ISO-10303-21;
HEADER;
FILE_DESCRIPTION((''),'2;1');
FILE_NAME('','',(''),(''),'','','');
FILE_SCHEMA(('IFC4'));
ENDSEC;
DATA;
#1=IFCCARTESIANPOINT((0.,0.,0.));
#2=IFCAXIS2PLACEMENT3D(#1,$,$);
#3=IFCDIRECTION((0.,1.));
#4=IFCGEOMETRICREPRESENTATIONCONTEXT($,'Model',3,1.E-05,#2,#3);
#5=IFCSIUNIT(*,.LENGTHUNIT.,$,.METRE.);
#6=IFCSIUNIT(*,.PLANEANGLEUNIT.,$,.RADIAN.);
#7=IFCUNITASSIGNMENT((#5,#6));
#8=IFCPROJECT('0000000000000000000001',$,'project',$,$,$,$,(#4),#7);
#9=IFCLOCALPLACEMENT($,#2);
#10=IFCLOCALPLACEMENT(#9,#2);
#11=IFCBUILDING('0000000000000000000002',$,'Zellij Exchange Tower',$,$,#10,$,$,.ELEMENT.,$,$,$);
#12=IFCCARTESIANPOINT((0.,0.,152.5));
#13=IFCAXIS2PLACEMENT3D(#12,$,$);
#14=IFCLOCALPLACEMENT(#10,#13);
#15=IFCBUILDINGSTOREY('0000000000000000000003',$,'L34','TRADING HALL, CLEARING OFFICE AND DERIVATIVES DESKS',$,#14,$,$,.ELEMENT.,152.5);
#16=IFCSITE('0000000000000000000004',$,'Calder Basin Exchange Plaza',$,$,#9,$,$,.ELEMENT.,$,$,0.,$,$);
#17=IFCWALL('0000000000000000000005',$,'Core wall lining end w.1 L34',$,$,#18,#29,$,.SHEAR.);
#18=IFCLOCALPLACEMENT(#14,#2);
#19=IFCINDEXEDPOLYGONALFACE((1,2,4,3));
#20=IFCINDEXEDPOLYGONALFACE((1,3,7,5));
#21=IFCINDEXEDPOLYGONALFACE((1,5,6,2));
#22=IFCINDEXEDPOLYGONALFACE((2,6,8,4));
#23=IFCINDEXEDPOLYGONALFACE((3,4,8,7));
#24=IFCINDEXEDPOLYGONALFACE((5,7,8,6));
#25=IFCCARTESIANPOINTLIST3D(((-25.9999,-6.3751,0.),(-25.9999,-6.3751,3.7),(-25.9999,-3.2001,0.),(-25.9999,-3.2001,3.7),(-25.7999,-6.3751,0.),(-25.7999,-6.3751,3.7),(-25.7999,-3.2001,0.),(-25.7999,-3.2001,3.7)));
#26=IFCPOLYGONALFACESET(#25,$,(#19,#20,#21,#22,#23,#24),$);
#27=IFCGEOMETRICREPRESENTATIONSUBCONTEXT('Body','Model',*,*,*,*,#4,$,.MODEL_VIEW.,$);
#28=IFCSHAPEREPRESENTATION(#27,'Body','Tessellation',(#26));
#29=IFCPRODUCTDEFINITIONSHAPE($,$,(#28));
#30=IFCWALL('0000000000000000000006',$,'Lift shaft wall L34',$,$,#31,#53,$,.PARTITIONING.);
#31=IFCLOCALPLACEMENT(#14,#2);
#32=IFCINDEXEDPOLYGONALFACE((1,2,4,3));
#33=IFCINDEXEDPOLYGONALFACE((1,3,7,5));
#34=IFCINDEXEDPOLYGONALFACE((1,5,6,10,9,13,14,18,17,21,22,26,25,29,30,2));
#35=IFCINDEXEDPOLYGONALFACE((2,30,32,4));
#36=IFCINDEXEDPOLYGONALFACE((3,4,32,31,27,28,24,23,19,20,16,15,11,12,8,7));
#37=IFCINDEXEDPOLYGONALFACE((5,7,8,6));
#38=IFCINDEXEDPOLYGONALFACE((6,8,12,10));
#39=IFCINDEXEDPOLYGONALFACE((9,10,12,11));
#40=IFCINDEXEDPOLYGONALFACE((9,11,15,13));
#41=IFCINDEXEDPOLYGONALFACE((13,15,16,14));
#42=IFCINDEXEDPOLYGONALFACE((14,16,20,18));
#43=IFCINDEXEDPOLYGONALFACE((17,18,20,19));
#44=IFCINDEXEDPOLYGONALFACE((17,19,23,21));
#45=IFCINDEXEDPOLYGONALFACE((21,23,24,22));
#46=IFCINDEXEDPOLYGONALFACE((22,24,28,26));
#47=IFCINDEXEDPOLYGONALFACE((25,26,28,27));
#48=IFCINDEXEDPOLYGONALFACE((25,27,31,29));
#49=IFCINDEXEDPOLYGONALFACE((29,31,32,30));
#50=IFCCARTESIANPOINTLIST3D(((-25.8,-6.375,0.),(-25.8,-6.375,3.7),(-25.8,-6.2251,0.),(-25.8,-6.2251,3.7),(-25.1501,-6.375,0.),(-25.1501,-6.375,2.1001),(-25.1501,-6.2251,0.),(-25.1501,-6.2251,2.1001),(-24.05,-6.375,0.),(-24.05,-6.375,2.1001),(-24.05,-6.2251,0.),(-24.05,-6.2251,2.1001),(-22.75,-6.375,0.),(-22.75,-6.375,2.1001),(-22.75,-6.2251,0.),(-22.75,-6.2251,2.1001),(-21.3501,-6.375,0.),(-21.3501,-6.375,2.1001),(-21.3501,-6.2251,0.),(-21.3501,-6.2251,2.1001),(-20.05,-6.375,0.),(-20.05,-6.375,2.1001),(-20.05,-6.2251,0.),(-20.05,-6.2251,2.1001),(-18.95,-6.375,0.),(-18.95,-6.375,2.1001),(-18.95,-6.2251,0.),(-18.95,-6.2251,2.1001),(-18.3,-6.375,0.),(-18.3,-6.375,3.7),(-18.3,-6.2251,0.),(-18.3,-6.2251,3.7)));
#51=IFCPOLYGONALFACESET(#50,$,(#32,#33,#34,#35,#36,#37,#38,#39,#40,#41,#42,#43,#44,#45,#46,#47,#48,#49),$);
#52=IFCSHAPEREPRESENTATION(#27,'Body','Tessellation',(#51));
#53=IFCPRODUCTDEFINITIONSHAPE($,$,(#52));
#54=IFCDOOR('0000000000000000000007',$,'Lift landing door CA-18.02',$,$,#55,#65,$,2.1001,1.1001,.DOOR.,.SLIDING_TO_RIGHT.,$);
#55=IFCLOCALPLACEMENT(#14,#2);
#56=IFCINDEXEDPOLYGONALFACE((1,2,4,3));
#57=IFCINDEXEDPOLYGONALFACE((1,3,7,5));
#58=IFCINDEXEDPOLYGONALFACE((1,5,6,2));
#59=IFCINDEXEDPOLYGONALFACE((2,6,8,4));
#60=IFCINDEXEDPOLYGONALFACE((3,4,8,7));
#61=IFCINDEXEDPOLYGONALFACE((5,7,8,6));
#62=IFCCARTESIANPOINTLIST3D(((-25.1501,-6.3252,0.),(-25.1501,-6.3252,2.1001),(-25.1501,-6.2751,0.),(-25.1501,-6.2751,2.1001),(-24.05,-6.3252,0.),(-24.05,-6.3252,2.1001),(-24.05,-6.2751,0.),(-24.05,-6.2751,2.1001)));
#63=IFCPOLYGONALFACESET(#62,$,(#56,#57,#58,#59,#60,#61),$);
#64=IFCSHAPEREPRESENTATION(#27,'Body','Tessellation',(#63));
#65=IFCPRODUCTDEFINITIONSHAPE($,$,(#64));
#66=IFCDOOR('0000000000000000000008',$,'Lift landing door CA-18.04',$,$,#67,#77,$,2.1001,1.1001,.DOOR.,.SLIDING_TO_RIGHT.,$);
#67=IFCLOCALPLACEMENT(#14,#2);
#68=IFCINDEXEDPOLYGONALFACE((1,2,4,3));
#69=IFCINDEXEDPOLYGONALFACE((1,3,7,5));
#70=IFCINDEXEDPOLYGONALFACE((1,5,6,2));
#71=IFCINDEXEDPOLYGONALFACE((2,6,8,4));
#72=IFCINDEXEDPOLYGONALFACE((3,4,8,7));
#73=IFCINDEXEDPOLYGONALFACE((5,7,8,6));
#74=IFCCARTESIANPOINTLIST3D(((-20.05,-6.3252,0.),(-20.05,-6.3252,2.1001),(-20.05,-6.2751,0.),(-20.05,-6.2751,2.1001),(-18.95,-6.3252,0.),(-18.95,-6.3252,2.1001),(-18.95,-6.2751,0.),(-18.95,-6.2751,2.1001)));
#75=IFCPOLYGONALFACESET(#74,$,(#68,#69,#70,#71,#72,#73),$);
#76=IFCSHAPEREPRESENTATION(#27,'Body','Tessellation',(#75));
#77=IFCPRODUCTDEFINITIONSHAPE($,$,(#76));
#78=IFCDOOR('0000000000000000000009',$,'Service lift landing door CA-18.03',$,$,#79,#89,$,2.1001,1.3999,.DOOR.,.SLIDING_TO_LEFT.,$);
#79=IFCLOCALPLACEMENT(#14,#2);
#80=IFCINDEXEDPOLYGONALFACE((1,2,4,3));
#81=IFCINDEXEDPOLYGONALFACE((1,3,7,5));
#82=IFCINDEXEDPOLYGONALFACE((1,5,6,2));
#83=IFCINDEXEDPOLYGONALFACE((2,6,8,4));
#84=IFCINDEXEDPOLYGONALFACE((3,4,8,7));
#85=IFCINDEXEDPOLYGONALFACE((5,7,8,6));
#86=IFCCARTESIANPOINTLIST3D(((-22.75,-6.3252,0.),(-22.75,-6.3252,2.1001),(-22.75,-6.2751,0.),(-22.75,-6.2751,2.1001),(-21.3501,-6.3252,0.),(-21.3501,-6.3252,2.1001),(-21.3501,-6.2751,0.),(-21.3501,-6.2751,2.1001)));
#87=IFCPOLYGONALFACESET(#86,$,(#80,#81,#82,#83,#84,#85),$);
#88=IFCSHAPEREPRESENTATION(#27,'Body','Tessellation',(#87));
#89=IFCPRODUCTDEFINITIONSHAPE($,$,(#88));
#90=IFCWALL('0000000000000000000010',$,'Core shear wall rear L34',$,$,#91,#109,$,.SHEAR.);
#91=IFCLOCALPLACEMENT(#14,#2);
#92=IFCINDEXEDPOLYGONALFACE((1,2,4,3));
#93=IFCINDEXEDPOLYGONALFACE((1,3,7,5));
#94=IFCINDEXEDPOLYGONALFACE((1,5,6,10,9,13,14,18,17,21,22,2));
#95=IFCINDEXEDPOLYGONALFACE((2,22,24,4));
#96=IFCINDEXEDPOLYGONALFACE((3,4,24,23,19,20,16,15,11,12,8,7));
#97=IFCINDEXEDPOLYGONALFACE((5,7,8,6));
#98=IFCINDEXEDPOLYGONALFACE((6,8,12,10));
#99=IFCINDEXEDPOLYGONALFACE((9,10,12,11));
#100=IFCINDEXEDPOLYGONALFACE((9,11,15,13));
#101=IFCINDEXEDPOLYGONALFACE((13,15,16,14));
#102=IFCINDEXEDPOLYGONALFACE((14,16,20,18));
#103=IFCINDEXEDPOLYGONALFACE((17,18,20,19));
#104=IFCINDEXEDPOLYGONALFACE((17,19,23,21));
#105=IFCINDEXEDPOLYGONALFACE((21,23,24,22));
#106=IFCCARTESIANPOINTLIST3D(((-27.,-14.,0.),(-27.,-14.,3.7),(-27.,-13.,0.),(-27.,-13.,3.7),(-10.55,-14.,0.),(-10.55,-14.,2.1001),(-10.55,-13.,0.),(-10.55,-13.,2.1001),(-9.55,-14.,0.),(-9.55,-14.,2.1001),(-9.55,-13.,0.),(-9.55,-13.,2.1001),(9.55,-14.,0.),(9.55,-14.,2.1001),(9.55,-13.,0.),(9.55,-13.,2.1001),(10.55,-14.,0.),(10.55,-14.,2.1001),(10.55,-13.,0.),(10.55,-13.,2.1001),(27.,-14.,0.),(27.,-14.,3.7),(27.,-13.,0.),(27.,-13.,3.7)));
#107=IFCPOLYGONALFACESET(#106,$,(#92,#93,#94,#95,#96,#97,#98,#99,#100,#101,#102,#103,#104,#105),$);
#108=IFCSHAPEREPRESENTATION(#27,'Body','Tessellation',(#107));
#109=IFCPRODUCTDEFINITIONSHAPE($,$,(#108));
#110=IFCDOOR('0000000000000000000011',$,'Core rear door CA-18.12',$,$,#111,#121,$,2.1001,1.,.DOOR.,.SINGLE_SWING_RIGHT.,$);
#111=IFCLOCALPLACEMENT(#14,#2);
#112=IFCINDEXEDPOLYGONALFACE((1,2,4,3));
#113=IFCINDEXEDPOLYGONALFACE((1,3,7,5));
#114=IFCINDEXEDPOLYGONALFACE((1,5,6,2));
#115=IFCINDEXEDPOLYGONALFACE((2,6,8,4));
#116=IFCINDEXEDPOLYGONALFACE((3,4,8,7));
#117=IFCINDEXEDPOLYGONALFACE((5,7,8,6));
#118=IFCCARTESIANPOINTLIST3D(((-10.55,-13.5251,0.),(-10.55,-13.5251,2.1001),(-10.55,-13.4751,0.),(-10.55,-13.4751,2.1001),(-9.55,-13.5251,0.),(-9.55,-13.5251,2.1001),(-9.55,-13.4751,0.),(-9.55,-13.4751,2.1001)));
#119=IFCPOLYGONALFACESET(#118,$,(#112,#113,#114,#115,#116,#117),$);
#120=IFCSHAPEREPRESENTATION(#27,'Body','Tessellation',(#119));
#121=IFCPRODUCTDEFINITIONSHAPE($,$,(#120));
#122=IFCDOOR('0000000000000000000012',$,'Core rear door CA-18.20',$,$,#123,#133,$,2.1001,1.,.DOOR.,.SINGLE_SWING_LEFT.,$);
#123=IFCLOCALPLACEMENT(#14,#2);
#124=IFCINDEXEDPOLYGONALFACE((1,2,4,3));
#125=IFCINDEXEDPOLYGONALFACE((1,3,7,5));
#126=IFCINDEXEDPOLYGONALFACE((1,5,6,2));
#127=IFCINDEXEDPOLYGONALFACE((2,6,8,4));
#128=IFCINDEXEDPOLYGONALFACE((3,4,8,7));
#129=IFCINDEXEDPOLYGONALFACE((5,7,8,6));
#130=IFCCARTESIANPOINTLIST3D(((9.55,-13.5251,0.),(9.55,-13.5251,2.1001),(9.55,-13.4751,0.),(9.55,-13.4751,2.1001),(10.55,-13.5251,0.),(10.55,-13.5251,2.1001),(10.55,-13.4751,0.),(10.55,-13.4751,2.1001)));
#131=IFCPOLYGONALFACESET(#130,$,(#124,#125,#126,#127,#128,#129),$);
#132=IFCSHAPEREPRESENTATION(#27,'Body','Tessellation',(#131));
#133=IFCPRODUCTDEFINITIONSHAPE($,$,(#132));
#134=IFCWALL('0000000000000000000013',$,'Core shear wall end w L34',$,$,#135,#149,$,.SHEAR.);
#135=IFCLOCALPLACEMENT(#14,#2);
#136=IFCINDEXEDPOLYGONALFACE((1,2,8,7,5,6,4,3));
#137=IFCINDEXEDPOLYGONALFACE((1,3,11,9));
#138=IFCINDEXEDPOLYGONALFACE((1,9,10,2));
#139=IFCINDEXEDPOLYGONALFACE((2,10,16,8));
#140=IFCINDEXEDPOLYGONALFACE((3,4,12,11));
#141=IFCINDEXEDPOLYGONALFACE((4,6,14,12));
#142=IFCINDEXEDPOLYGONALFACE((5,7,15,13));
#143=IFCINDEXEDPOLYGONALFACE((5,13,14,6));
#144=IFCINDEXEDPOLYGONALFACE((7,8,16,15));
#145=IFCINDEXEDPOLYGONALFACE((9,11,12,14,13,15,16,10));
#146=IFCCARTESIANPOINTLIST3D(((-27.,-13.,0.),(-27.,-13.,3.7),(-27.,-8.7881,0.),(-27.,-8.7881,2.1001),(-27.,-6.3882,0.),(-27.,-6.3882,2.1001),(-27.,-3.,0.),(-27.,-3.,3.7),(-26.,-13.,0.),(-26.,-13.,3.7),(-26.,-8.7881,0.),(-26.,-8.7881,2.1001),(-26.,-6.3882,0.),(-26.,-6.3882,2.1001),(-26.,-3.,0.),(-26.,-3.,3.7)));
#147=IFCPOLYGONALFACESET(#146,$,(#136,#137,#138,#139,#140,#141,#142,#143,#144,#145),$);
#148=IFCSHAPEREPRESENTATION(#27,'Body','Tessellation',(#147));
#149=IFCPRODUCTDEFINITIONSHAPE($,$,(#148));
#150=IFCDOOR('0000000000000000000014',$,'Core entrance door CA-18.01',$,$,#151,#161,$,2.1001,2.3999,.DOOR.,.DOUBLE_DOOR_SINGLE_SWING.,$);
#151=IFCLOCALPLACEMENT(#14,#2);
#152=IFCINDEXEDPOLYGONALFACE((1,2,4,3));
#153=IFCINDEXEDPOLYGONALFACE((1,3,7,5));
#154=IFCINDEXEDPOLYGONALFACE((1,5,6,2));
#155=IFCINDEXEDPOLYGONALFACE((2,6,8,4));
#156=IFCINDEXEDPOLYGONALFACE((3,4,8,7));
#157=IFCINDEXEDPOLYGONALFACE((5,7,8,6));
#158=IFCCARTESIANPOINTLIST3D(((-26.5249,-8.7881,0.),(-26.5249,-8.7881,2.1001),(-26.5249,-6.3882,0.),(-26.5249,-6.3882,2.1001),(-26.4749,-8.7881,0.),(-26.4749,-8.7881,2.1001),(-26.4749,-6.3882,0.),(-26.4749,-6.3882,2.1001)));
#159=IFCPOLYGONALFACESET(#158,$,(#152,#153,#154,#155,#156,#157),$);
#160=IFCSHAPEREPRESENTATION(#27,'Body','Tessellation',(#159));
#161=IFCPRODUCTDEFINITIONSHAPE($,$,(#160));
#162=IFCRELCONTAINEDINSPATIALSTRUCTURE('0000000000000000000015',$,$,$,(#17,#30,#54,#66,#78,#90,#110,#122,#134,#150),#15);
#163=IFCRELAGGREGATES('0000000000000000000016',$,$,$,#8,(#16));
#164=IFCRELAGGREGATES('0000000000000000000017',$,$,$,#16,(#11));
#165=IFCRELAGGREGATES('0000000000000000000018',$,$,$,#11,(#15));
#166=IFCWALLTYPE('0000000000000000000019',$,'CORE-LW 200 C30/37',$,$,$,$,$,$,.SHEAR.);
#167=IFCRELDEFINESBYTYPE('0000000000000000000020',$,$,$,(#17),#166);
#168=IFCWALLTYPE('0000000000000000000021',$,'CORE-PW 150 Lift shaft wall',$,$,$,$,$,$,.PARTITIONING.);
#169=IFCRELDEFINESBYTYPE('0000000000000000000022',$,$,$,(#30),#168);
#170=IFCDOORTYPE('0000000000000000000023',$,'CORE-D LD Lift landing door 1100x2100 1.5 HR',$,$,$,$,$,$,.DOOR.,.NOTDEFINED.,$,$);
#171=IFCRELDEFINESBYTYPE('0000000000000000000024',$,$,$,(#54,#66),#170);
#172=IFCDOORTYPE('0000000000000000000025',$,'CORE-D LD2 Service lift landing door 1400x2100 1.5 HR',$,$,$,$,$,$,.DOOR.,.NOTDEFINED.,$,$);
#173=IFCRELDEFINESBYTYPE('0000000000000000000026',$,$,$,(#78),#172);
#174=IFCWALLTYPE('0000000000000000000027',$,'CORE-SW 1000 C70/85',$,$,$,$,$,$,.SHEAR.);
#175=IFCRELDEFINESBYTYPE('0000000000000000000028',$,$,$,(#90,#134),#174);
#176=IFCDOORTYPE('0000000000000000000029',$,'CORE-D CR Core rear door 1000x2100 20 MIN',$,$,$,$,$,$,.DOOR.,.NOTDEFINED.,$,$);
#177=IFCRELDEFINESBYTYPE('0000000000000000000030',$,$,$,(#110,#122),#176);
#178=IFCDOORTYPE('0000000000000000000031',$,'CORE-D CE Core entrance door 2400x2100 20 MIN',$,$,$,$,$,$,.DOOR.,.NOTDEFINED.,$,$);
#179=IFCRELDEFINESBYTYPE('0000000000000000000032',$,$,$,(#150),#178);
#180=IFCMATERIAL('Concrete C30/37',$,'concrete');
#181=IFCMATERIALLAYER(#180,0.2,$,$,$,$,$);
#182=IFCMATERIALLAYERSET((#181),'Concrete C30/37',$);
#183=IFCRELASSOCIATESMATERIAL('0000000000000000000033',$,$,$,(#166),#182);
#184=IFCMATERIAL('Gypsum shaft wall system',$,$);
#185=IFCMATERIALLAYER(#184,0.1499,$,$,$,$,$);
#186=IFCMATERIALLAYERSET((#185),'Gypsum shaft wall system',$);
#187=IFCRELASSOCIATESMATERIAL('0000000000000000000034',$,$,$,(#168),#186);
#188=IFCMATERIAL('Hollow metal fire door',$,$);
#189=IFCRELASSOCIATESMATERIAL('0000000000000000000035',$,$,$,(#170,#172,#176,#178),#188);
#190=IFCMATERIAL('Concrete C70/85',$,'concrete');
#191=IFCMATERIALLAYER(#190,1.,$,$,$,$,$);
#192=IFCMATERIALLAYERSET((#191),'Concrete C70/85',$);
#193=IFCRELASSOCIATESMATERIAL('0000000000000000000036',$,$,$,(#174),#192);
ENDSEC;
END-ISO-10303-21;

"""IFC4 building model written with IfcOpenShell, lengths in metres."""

from ifc_helpers import new_model, si_unit, direction, frame, frame_2d, origin, place, context, subcontext, project, spatial, rectangle, extrude, material, layer, layer_set, type_object, element, fill, save


model = new_model("IFC4")

# Units and contexts
model_context = context("Model", 3, precision=1e-05, world=origin(), true_north=direction((0.0, 1.0)))
body_context = subcontext(model_context, "Body", "Model", "MODEL_VIEW")
ifc_project = project(units=[si_unit("LENGTHUNIT", "METRE"), si_unit("PLANEANGLEUNIT", "RADIAN")], contexts=[model_context])

# Site, building, storey
site_placement = place(None, origin())
site = spatial("IfcSite", under=ifc_project, at=site_placement, Name="Calder Basin Exchange Plaza", CompositionType="ELEMENT", RefElevation=0.0)
building_placement = place(site_placement, origin())
building = spatial("IfcBuilding", under=site, at=building_placement, Name="Zellij Exchange Tower", CompositionType="ELEMENT")
storey_placement = place(building_placement, frame((0.0, 0.0, 152.5)))
storey = spatial("IfcBuildingStorey", under=building, at=storey_placement, Name="L34", Description="TRADING HALL, CLEARING OFFICE AND DERIVATIVES DESKS", CompositionType="ELEMENT", Elevation=152.5)

# Shared definitions
ifc_material_1 = material(Name="Concrete C70/85", Category="concrete")

# Wall
ifc_material_2 = material(Name="Concrete C30/37", Category="concrete")
ifc_layer_1 = layer(ifc_material_2, 0.2)
ifc_layer_set_1 = layer_set([ifc_layer_1], Name="Concrete C30/37")
wall_type_1 = type_object("IfcWallType", Name="CORE-LW 200 C30/37", PredefinedType="SHEAR", material=ifc_layer_set_1)
wall_1_placement = place(storey_placement, frame((-25.8999, -6.375, 0.0), z_axis=(0.0, 0.0, 1.0), x_axis=(0.0, 1.0, 0.0)))
element("IfcWall", 1, at=wall_1_placement, inside=storey, type_object=wall_type_1, Name="Core wall lining end w.1 L34", PredefinedType="SHEAR", context=body_context, shape_type="SweptSolid", body=[
    extrude(rectangle(XDim=3.175, YDim=0.2, at=frame_2d((1.5874, 0.0))), origin(), (0.0, 0.0, 1.0), 3.7),
])

# Walls, openings, doors
ifc_material_3 = material(Name="Gypsum shaft wall system")
ifc_layer_2 = layer(ifc_material_3, 0.1499)
ifc_layer_set_2 = layer_set([ifc_layer_2], Name="Gypsum shaft wall system")
wall_type_2 = type_object("IfcWallType", Name="CORE-PW 150 Lift shaft wall", PredefinedType="PARTITIONING", material=ifc_layer_set_2)
wall_2_placement = place(storey_placement, frame((-25.8, -6.3, 0.0), z_axis=(0.0, 0.0, 1.0), x_axis=(1.0, 0.0, 0.0)))
wall_2 = element("IfcWall", 2, at=wall_2_placement, inside=storey, type_object=wall_type_2, Name="Lift shaft wall L34", PredefinedType="PARTITIONING", context=body_context, shape_type="SweptSolid", body=[
    extrude(rectangle(XDim=7.5, YDim=0.1499, at=frame_2d((3.75, 0.0))), origin(), (0.0, 0.0, 1.0), 3.7),
])
opening_1_placement = place(wall_2_placement, frame((0.6499, 0.0, 0.0)))
opening_1 = element("IfcOpeningElement", 3, at=opening_1_placement, cuts=wall_2, PredefinedType="OPENING", context=body_context, shape_type="SweptSolid", body=[
    extrude(rectangle(XDim=1.1001, YDim=2.1001, at=frame_2d((0.55, 1.05))), frame((0.0, 0.0869, 0.0), z_axis=(0.0, -1.0, 0.0), x_axis=(1.0, 0.0, 0.0)), (0.0, 0.0, 1.0), 0.1738),
])
opening_2_placement = place(wall_2_placement, frame((3.05, 0.0, 0.0)))
opening_2 = element("IfcOpeningElement", 4, at=opening_2_placement, cuts=wall_2, PredefinedType="OPENING", context=body_context, shape_type="SweptSolid", body=[
    extrude(rectangle(XDim=1.3999, YDim=2.1001, at=frame_2d((0.7, 1.05))), frame((0.0, 0.0869, 0.0), z_axis=(0.0, -1.0, 0.0), x_axis=(1.0, 0.0, 0.0)), (0.0, 0.0, 1.0), 0.1738),
])
opening_3_placement = place(wall_2_placement, frame((5.75, 0.0, 0.0)))
opening_3 = element("IfcOpeningElement", 5, at=opening_3_placement, cuts=wall_2, PredefinedType="OPENING", context=body_context, shape_type="SweptSolid", body=[
    extrude(rectangle(XDim=1.1001, YDim=2.1001, at=frame_2d((0.55, 1.05))), frame((0.0, 0.0869, 0.0), z_axis=(0.0, -1.0, 0.0), x_axis=(1.0, 0.0, 0.0)), (0.0, 0.0, 1.0), 0.1738),
])
ifc_material_4 = material(Name="Hollow metal fire door")
door_type_1 = type_object("IfcDoorType", Name="CORE-D LD Lift landing door 1100x2100 1.5 HR", OperationType="NOTDEFINED", PredefinedType="DOOR", material=ifc_material_4)
door_1_placement = place(opening_1_placement, origin())
door_1 = element("IfcDoor", 6, at=door_1_placement, inside=storey, type_object=door_type_1, Name="Lift landing door CA-18.02", OperationType="SLIDING_TO_RIGHT", OverallHeight=2.1001, OverallWidth=1.1001, PredefinedType="DOOR", context=body_context, shape_type="SweptSolid", body=[
    extrude(rectangle(XDim=1.1001, YDim=2.1001, at=frame_2d((0.55, 1.05))), frame((0.0, 0.0249, 0.0), z_axis=(0.0, -1.0, 0.0), x_axis=(1.0, 0.0, 0.0)), (0.0, 0.0, 1.0), 0.05),
])
fill(opening_1, door_1)
door_2_placement = place(opening_3_placement, origin())
door_2 = element("IfcDoor", 7, at=door_2_placement, inside=storey, type_object=door_type_1, Name="Lift landing door CA-18.04", OperationType="SLIDING_TO_RIGHT", OverallHeight=2.1001, OverallWidth=1.1001, PredefinedType="DOOR", context=body_context, shape_type="SweptSolid", body=[
    extrude(rectangle(XDim=1.1001, YDim=2.1001, at=frame_2d((0.55, 1.05))), frame((0.0, 0.0249, 0.0), z_axis=(0.0, -1.0, 0.0), x_axis=(1.0, 0.0, 0.0)), (0.0, 0.0, 1.0), 0.05),
])
fill(opening_3, door_2)
door_type_2 = type_object("IfcDoorType", Name="CORE-D LD2 Service lift landing door 1400x2100 1.5 HR", OperationType="NOTDEFINED", PredefinedType="DOOR", material=ifc_material_4)
door_3_placement = place(opening_2_placement, origin())
door_3 = element("IfcDoor", 8, at=door_3_placement, inside=storey, type_object=door_type_2, Name="Service lift landing door CA-18.03", OperationType="SLIDING_TO_LEFT", OverallHeight=2.1001, OverallWidth=1.3999, PredefinedType="DOOR", context=body_context, shape_type="SweptSolid", body=[
    extrude(rectangle(XDim=1.3999, YDim=2.1001, at=frame_2d((0.7, 1.05))), frame((0.0, 0.0249, 0.0), z_axis=(0.0, -1.0, 0.0), x_axis=(1.0, 0.0, 0.0)), (0.0, 0.0, 1.0), 0.05),
])
fill(opening_2, door_3)
ifc_layer_3 = layer(ifc_material_1, 1.0)
ifc_layer_set_3 = layer_set([ifc_layer_3], Name="Concrete C70/85")
wall_type_3 = type_object("IfcWallType", Name="CORE-SW 1000 C70/85", PredefinedType="SHEAR", material=ifc_layer_set_3)
wall_3_placement = place(storey_placement, frame((-27.0, -13.5, 0.0), z_axis=(0.0, 0.0, 1.0), x_axis=(1.0, 0.0, 0.0)))
wall_3 = element("IfcWall", 9, at=wall_3_placement, inside=storey, type_object=wall_type_3, Name="Core shear wall rear L34", PredefinedType="SHEAR", context=body_context, shape_type="SweptSolid", body=[
    extrude(rectangle(XDim=54.0, YDim=1.0, at=frame_2d((27.0, 0.0))), origin(), (0.0, 0.0, 1.0), 3.7),
])
opening_4_placement = place(wall_3_placement, frame((16.45, 0.0, 0.0)))
opening_4 = element("IfcOpeningElement", 10, at=opening_4_placement, cuts=wall_3, PredefinedType="OPENING", context=body_context, shape_type="SweptSolid", body=[
    extrude(rectangle(XDim=1.0, YDim=2.1001, at=frame_2d((0.5, 1.05))), frame((0.0, 0.512, 0.0), z_axis=(0.0, -1.0, 0.0), x_axis=(1.0, 0.0, 0.0)), (0.0, 0.0, 1.0), 1.0239),
])
opening_5_placement = place(wall_3_placement, frame((36.55, 0.0, 0.0)))
opening_5 = element("IfcOpeningElement", 11, at=opening_5_placement, cuts=wall_3, PredefinedType="OPENING", context=body_context, shape_type="SweptSolid", body=[
    extrude(rectangle(XDim=1.0, YDim=2.1001, at=frame_2d((0.5, 1.05))), frame((0.0, 0.512, 0.0), z_axis=(0.0, -1.0, 0.0), x_axis=(1.0, 0.0, 0.0)), (0.0, 0.0, 1.0), 1.0239),
])
door_type_3 = type_object("IfcDoorType", Name="CORE-D CR Core rear door 1000x2100 20 MIN", OperationType="NOTDEFINED", PredefinedType="DOOR", material=ifc_material_4)
door_4_placement = place(opening_4_placement, origin())
door_4 = element("IfcDoor", 12, at=door_4_placement, inside=storey, type_object=door_type_3, Name="Core rear door CA-18.12", OperationType="SINGLE_SWING_RIGHT", OverallHeight=2.1001, OverallWidth=1.0, PredefinedType="DOOR", context=body_context, shape_type="SweptSolid", body=[
    extrude(rectangle(XDim=1.0, YDim=2.1001, at=frame_2d((0.5, 1.05))), frame((0.0, 0.0249, 0.0), z_axis=(0.0, -1.0, 0.0), x_axis=(1.0, 0.0, 0.0)), (0.0, 0.0, 1.0), 0.05),
])
fill(opening_4, door_4)
door_5_placement = place(opening_5_placement, origin())
door_5 = element("IfcDoor", 13, at=door_5_placement, inside=storey, type_object=door_type_3, Name="Core rear door CA-18.20", OperationType="SINGLE_SWING_LEFT", OverallHeight=2.1001, OverallWidth=1.0, PredefinedType="DOOR", context=body_context, shape_type="SweptSolid", body=[
    extrude(rectangle(XDim=1.0, YDim=2.1001, at=frame_2d((0.5, 1.05))), frame((0.0, 0.0249, 0.0), z_axis=(0.0, -1.0, 0.0), x_axis=(1.0, 0.0, 0.0)), (0.0, 0.0, 1.0), 0.05),
])
fill(opening_5, door_5)

# Wall, opening, door
wall_4_placement = place(storey_placement, frame((-26.5, -13.0, 0.0), z_axis=(0.0, 0.0, 1.0), x_axis=(0.0, 1.0, 0.0)))
wall_4 = element("IfcWall", 14, at=wall_4_placement, inside=storey, type_object=wall_type_3, Name="Core shear wall end w L34", PredefinedType="SHEAR", context=body_context, shape_type="SweptSolid", body=[
    extrude(rectangle(XDim=10.0, YDim=1.0, at=frame_2d((5.0, 0.0))), origin(), (0.0, 0.0, 1.0), 3.7),
])
opening_6_placement = place(wall_4_placement, frame((4.2119, 0.0, 0.0)))
opening_6 = element("IfcOpeningElement", 15, at=opening_6_placement, cuts=wall_4, PredefinedType="OPENING", context=body_context, shape_type="SweptSolid", body=[
    extrude(rectangle(XDim=2.3999, YDim=2.1001, at=frame_2d((1.2, 1.05))), frame((0.0, 0.512, 0.0), z_axis=(0.0, -1.0, 0.0), x_axis=(1.0, 0.0, 0.0)), (0.0, 0.0, 1.0), 1.0239),
])
door_type_4 = type_object("IfcDoorType", Name="CORE-D CE Core entrance door 2400x2100 20 MIN", OperationType="NOTDEFINED", PredefinedType="DOOR", material=ifc_material_4)
door_6_placement = place(opening_6_placement, origin())
door_6 = element("IfcDoor", 16, at=door_6_placement, inside=storey, type_object=door_type_4, Name="Core entrance door CA-18.01", OperationType="DOUBLE_DOOR_SINGLE_SWING", OverallHeight=2.1001, OverallWidth=2.3999, PredefinedType="DOOR", context=body_context, shape_type="SweptSolid", body=[
    extrude(rectangle(XDim=2.3999, YDim=2.1001, at=frame_2d((1.2, 1.05))), frame((0.0, 0.0249, 0.0), z_axis=(0.0, -1.0, 0.0), x_axis=(1.0, 0.0, 0.0)), (0.0, 0.0, 1.0), 0.05),
])
fill(opening_6, door_6)

save(model, "model.ifc")
